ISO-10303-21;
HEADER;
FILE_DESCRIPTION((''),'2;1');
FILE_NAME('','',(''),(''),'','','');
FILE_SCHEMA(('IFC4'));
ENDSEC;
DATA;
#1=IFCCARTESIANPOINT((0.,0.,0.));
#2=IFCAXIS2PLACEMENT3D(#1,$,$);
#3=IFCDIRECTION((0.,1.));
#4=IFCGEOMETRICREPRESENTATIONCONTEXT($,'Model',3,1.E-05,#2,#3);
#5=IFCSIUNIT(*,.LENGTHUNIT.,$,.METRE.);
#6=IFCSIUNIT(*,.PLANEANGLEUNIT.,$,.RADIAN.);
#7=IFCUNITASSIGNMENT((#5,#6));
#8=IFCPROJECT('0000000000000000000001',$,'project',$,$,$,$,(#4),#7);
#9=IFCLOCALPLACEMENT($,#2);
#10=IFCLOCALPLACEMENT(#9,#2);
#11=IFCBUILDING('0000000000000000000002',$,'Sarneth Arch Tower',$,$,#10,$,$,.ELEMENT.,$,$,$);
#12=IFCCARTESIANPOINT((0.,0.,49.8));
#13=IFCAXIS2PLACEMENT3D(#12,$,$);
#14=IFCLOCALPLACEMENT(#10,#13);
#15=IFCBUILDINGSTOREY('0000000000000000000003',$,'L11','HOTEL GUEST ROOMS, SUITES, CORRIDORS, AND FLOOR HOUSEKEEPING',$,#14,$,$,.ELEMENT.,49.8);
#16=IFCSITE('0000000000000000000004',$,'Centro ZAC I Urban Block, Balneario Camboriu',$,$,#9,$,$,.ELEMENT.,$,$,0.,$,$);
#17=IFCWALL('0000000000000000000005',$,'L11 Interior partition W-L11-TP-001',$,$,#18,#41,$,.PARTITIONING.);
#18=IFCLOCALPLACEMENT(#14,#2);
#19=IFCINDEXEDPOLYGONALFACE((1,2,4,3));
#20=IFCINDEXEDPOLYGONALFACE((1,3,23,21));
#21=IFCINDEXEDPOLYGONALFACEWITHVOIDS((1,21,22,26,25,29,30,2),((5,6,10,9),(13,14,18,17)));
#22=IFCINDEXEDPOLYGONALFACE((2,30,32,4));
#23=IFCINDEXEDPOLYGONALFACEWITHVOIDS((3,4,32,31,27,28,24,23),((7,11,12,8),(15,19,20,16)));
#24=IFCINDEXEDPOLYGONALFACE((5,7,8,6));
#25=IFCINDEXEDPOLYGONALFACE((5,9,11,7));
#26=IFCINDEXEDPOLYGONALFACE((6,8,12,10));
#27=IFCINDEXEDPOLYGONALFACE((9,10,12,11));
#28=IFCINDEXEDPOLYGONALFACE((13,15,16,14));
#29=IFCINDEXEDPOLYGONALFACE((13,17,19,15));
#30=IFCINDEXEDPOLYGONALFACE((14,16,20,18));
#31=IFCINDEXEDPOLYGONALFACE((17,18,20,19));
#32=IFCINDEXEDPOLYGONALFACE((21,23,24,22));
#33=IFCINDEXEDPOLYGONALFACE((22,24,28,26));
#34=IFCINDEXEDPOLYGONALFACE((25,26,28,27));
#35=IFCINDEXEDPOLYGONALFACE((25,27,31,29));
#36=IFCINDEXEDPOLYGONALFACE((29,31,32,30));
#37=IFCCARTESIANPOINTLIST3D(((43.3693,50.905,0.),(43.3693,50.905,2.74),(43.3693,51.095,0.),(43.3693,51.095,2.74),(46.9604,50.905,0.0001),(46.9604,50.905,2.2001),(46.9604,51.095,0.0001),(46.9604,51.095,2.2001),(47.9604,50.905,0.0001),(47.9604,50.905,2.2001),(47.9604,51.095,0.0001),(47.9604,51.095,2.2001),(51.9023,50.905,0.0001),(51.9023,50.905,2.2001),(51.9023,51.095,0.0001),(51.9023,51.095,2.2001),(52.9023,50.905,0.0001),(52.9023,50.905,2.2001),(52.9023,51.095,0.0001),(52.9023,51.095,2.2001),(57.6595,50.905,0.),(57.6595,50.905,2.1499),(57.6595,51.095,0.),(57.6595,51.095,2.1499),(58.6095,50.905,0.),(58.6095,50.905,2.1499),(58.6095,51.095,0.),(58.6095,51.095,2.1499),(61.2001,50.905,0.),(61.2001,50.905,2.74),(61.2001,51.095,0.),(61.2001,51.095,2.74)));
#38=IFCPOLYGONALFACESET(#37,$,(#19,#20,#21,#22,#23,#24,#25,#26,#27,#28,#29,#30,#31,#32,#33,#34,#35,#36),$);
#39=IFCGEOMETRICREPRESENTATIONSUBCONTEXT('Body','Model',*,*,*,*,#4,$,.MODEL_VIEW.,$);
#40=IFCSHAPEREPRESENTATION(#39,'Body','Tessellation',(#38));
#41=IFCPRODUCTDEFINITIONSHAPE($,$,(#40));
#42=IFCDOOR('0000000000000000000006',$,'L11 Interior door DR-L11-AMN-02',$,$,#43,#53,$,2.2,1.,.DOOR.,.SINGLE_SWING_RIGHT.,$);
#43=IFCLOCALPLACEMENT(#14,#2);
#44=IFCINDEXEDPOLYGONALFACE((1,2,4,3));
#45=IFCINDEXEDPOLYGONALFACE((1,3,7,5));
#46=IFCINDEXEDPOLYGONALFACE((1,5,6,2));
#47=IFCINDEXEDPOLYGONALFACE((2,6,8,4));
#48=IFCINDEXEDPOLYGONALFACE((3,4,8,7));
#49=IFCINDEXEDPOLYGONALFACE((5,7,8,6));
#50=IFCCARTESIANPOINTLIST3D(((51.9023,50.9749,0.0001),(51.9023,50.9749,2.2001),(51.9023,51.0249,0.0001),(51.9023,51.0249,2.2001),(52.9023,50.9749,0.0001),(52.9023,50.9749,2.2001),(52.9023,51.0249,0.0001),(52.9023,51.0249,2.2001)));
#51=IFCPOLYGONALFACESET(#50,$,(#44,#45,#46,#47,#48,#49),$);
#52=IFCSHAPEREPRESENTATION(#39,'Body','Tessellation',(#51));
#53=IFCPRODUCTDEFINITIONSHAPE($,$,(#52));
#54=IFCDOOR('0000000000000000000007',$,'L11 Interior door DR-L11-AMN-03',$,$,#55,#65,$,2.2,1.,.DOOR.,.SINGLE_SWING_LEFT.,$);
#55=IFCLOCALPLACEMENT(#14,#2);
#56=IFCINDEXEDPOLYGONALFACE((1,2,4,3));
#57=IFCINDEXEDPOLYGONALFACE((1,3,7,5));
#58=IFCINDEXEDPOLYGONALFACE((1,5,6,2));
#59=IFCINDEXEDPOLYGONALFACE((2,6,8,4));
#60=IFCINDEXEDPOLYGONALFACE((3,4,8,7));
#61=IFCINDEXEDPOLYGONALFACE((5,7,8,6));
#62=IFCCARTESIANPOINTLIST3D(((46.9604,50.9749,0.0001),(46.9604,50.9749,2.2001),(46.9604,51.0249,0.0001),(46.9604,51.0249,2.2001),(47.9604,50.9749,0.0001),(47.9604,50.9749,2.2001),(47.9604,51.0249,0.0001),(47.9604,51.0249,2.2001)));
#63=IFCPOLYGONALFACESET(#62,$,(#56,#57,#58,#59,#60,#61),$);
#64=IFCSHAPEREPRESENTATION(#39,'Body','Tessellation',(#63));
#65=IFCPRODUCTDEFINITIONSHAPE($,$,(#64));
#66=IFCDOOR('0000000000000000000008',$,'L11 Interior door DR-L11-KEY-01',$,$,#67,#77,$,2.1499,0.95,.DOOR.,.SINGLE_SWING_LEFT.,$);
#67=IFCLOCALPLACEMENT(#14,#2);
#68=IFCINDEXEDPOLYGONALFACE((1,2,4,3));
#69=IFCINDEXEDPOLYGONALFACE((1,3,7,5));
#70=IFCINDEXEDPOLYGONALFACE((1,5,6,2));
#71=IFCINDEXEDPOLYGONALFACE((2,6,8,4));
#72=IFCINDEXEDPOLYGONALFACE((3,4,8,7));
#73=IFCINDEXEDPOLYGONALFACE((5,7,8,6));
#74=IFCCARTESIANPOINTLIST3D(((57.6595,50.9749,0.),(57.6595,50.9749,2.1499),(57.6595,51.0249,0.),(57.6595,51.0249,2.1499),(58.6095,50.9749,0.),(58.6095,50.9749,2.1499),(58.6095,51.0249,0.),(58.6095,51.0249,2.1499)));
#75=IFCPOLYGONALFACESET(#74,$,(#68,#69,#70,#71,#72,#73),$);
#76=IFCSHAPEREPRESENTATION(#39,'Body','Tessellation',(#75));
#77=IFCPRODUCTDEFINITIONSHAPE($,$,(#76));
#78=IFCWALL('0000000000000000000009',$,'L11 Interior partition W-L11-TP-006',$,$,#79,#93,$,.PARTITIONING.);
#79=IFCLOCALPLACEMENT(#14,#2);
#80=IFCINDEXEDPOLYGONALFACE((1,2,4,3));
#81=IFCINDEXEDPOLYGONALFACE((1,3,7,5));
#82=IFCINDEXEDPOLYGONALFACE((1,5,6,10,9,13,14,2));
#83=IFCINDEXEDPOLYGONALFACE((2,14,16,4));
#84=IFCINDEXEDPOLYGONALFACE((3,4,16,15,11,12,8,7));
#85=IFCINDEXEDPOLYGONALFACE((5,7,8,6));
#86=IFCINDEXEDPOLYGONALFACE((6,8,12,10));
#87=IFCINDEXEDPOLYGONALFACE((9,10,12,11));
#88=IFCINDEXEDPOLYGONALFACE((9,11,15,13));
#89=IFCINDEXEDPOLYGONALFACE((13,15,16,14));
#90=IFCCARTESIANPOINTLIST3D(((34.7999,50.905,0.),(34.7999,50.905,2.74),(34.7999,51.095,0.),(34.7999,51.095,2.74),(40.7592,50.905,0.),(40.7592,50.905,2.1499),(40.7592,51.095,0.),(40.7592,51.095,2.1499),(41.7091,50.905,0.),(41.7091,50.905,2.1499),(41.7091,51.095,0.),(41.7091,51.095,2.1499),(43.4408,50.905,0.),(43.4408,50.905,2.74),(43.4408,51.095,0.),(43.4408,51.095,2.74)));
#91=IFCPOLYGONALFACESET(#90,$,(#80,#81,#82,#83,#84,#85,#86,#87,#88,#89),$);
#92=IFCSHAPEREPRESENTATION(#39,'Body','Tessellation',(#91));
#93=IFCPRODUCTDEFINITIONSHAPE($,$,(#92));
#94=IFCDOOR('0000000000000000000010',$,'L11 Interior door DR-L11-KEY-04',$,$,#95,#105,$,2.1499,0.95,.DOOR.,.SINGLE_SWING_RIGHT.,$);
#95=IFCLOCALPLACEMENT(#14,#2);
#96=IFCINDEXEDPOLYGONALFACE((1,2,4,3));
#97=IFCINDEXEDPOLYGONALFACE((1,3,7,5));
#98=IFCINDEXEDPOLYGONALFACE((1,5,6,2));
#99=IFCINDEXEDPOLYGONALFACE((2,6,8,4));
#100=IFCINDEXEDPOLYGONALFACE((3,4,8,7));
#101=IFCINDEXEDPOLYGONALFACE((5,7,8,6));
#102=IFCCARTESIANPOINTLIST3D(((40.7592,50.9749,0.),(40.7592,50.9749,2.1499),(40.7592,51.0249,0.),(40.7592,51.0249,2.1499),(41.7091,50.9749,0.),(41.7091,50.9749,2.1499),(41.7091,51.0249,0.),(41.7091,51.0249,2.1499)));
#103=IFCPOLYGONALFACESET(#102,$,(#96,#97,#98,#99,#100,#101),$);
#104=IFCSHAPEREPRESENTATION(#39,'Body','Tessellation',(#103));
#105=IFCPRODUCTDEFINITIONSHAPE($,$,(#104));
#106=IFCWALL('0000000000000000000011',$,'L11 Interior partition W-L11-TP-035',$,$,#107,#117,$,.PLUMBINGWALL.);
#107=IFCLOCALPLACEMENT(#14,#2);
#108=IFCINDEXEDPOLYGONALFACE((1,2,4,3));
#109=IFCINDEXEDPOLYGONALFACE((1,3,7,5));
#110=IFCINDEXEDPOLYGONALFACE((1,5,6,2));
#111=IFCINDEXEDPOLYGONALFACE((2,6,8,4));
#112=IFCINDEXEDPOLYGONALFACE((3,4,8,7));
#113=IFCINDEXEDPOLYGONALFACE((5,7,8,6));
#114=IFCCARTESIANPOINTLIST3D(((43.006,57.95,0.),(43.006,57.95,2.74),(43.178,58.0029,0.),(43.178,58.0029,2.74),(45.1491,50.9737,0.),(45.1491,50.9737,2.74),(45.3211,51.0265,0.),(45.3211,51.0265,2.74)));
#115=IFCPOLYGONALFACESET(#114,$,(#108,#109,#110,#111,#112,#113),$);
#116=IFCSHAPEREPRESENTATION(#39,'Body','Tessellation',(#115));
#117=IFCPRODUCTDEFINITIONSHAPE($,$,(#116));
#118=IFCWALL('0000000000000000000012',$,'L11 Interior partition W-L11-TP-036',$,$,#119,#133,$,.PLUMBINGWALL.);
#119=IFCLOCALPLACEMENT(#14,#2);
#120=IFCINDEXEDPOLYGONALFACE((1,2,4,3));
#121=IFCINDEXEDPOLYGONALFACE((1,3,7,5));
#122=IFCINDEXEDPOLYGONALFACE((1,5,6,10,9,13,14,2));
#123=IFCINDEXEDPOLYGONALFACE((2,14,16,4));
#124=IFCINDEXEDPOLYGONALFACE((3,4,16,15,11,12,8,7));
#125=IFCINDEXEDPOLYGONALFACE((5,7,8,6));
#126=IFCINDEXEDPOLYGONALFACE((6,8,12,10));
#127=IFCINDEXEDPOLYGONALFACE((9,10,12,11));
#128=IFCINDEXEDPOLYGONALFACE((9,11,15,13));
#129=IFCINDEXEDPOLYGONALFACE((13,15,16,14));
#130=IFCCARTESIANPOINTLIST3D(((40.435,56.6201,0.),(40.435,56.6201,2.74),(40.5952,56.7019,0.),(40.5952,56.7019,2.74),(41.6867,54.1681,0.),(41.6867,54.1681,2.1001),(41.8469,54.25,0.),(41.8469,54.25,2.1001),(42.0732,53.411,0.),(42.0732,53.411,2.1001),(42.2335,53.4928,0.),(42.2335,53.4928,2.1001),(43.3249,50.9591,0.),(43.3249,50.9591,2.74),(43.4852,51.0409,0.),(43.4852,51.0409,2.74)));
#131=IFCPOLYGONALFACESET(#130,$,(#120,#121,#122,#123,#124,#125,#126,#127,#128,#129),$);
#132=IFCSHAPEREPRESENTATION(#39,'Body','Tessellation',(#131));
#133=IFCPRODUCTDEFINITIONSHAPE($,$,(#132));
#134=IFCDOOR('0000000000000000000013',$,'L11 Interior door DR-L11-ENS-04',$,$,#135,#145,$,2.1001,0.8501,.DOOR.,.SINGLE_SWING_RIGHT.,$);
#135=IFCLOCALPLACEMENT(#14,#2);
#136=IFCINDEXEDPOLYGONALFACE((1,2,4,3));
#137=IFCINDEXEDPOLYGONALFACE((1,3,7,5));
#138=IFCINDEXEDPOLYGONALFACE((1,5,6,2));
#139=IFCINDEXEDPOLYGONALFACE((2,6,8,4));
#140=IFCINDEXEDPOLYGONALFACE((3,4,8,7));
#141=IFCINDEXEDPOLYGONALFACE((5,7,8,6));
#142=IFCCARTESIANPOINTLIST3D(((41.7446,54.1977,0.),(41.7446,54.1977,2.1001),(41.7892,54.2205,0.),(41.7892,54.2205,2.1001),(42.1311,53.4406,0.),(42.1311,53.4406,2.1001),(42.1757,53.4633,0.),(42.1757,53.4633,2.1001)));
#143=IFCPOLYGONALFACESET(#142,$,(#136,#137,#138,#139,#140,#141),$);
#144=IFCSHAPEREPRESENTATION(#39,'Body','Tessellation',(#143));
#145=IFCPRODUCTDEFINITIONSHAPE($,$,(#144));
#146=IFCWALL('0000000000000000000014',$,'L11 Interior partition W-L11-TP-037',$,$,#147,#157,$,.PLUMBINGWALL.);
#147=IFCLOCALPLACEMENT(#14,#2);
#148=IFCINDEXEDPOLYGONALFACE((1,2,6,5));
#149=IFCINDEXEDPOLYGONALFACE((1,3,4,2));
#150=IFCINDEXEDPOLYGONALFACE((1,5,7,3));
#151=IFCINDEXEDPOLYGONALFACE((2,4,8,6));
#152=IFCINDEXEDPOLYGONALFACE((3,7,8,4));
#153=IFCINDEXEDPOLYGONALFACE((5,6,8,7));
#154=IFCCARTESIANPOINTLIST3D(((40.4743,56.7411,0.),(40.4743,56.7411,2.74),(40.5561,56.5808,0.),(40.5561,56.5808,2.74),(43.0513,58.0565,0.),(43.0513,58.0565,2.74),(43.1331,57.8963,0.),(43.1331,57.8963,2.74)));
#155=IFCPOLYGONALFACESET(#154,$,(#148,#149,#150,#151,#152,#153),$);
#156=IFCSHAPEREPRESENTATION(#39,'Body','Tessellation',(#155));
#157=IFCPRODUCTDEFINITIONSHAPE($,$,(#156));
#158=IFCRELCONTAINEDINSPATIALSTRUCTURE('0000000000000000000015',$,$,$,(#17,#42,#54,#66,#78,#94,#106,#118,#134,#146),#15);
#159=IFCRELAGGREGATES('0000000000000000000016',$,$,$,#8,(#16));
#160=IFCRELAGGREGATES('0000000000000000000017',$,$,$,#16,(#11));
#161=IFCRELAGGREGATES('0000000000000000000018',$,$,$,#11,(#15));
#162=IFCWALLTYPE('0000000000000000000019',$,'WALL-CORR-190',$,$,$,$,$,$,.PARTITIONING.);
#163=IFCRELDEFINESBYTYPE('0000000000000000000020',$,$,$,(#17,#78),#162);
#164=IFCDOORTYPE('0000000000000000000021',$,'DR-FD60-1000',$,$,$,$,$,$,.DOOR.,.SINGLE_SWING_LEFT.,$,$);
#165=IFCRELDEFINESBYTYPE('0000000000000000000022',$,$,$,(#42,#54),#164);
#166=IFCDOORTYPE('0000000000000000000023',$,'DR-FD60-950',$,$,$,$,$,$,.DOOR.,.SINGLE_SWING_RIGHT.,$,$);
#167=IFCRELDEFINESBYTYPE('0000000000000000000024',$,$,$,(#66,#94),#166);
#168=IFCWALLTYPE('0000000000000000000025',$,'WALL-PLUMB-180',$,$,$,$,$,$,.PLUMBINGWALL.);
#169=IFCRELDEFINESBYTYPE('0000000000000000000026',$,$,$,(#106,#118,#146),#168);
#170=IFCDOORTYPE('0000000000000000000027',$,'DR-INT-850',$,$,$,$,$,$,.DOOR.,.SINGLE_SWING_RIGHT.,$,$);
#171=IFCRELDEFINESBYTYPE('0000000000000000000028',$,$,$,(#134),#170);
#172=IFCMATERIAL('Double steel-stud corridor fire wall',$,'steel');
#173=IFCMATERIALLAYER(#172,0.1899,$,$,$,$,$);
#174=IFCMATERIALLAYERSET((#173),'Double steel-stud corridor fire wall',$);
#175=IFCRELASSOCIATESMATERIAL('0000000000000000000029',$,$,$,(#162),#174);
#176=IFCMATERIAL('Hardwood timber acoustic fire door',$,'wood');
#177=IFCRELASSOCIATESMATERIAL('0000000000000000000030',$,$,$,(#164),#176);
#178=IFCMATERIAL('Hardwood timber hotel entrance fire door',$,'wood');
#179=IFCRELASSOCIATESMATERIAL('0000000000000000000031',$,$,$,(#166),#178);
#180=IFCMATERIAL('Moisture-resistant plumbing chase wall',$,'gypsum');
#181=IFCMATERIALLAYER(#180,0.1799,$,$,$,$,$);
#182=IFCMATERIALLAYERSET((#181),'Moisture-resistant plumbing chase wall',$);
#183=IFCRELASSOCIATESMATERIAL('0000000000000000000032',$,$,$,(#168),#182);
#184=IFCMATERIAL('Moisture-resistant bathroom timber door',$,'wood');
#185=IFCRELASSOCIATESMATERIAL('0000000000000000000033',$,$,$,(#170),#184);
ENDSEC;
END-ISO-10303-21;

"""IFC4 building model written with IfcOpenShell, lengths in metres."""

from ifc_helpers import new_model, si_unit, direction, frame, frame_2d, origin, place, context, subcontext, project, spatial, rectangle, extrude, material, layer, layer_set, type_object, element, fill, save


model = new_model("IFC4")

# Units and contexts
model_context = context("Model", 3, precision=1e-05, world=origin(), true_north=direction((0.0, 1.0)))
body_context = subcontext(model_context, "Body", "Model", "MODEL_VIEW")
ifc_project = project(units=[si_unit("LENGTHUNIT", "METRE"), si_unit("PLANEANGLEUNIT", "RADIAN")], contexts=[model_context])

# Site, building, storey
site_placement = place(None, origin())
site = spatial("IfcSite", under=ifc_project, at=site_placement, Name="Centro ZAC I Urban Block, Balneario Camboriu", CompositionType="ELEMENT", RefElevation=0.0)
building_placement = place(site_placement, origin())
building = spatial("IfcBuilding", under=site, at=building_placement, Name="Sarneth Arch Tower", CompositionType="ELEMENT")
storey_placement = place(building_placement, frame((0.0, 0.0, 49.8)))
storey = spatial("IfcBuildingStorey", under=building, at=storey_placement, Name="L11", Description="HOTEL GUEST ROOMS, SUITES, CORRIDORS, AND FLOOR HOUSEKEEPING", CompositionType="ELEMENT", Elevation=49.8)

# Wall, openings, doors
ifc_material_1 = material(Name="Double steel-stud corridor fire wall", Category="steel")
ifc_layer_1 = layer(ifc_material_1, 0.1899)
ifc_layer_set_1 = layer_set([ifc_layer_1], Name="Double steel-stud corridor fire wall")
wall_type_1 = type_object("IfcWallType", Name="WALL-CORR-190", PredefinedType="PARTITIONING", material=ifc_layer_set_1)
wall_1_placement = place(storey_placement, frame((43.3691, 51.0, 0.0), z_axis=(0.0, 0.0, 1.0), x_axis=(1.0, 0.0, 0.0)))
wall_1 = element("IfcWall", 1, at=wall_1_placement, inside=storey, type_object=wall_type_1, Name="L11 Interior partition W-L11-TP-001", PredefinedType="PARTITIONING", context=body_context, shape_type="SweptSolid", body=[
    extrude(rectangle(XDim=17.8308, YDim=0.1899, at=frame_2d((8.9155, 0.0))), origin(), (0.0, 0.0, 1.0), 2.74),
])
opening_1_placement = place(wall_1_placement, frame((14.2903, 0.0, 0.0)))
opening_1 = element("IfcOpeningElement", 2, at=opening_1_placement, cuts=wall_1, PredefinedType="OPENING", context=body_context, shape_type="SweptSolid", body=[
    extrude(rectangle(XDim=0.95, YDim=2.1499, at=frame_2d((0.4751, 1.075))), frame((0.0, 0.105, 0.0), z_axis=(0.0, -1.0, 0.0), x_axis=(1.0, 0.0, 0.0)), (0.0, 0.0, 1.0), 0.21),
])
opening_2_placement = place(wall_1_placement, frame((8.5332, 0.0, 0.0)))
opening_2 = element("IfcOpeningElement", 3, at=opening_2_placement, cuts=wall_1, PredefinedType="OPENING", context=body_context, shape_type="SweptSolid", body=[
    extrude(rectangle(XDim=1.0, YDim=2.2, at=frame_2d((0.5, 1.1001))), frame((0.0, 0.105, 0.0), z_axis=(0.0, -1.0, 0.0), x_axis=(1.0, 0.0, 0.0)), (0.0, 0.0, 1.0), 0.21),
])
opening_3_placement = place(wall_1_placement, frame((3.5913, 0.0, 0.0)))
opening_3 = element("IfcOpeningElement", 4, at=opening_3_placement, cuts=wall_1, PredefinedType="OPENING", context=body_context, shape_type="SweptSolid", body=[
    extrude(rectangle(XDim=1.0, YDim=2.2, at=frame_2d((0.5, 1.1001))), frame((0.0, 0.105, 0.0), z_axis=(0.0, -1.0, 0.0), x_axis=(1.0, 0.0, 0.0)), (0.0, 0.0, 1.0), 0.21),
])
ifc_material_2 = material(Name="Hardwood timber acoustic fire door", Category="wood")
door_type_1 = type_object("IfcDoorType", Name="DR-FD60-1000", OperationType="SINGLE_SWING_LEFT", PredefinedType="DOOR", material=ifc_material_2)
door_1_placement = place(opening_2_placement, origin())
door_1 = element("IfcDoor", 5, at=door_1_placement, inside=storey, type_object=door_type_1, Name="L11 Interior door DR-L11-AMN-02", OperationType="SINGLE_SWING_RIGHT", OverallHeight=2.2, OverallWidth=1.0, PredefinedType="DOOR", context=body_context, shape_type="SweptSolid", body=[
    extrude(rectangle(XDim=1.0, YDim=2.2, at=frame_2d((0.5, 1.1001))), frame((0.0, 0.0249, 0.0), z_axis=(0.0, -1.0, 0.0), x_axis=(1.0, 0.0, 0.0)), (0.0, 0.0, 1.0), 0.05),
])
fill(opening_2, door_1)
door_2_placement = place(opening_3_placement, origin())
door_2 = element("IfcDoor", 6, at=door_2_placement, inside=storey, type_object=door_type_1, Name="L11 Interior door DR-L11-AMN-03", OperationType="SINGLE_SWING_LEFT", OverallHeight=2.2, OverallWidth=1.0, PredefinedType="DOOR", context=body_context, shape_type="SweptSolid", body=[
    extrude(rectangle(XDim=1.0, YDim=2.2, at=frame_2d((0.5, 1.1001))), frame((0.0, 0.0249, 0.0), z_axis=(0.0, -1.0, 0.0), x_axis=(1.0, 0.0, 0.0)), (0.0, 0.0, 1.0), 0.05),
])
fill(opening_3, door_2)
ifc_material_3 = material(Name="Hardwood timber hotel entrance fire door", Category="wood")
door_type_2 = type_object("IfcDoorType", Name="DR-FD60-950", OperationType="SINGLE_SWING_RIGHT", PredefinedType="DOOR", material=ifc_material_3)
door_3_placement = place(opening_1_placement, origin())
door_3 = element("IfcDoor", 7, at=door_3_placement, inside=storey, type_object=door_type_2, Name="L11 Interior door DR-L11-KEY-01", OperationType="SINGLE_SWING_LEFT", OverallHeight=2.1499, OverallWidth=0.95, PredefinedType="DOOR", context=body_context, shape_type="SweptSolid", body=[
    extrude(rectangle(XDim=0.95, YDim=2.1499, at=frame_2d((0.4751, 1.075))), frame((0.0, 0.0249, 0.0), z_axis=(0.0, -1.0, 0.0), x_axis=(1.0, 0.0, 0.0)), (0.0, 0.0, 1.0), 0.05),
])
fill(opening_1, door_3)

# Wall, opening, door
wall_2_placement = place(storey_placement, frame((34.8, 51.0, 0.0), z_axis=(0.0, 0.0, 1.0), x_axis=(1.0, 0.0, 0.0)))
wall_2 = element("IfcWall", 8, at=wall_2_placement, inside=storey, type_object=wall_type_1, Name="L11 Interior partition W-L11-TP-006", PredefinedType="PARTITIONING", context=body_context, shape_type="SweptSolid", body=[
    extrude(rectangle(XDim=8.6409, YDim=0.1899, at=frame_2d((4.3203, 0.0))), origin(), (0.0, 0.0, 1.0), 2.74),
])
opening_4_placement = place(wall_2_placement, frame((5.959, 0.0, 0.0)))
opening_4 = element("IfcOpeningElement", 9, at=opening_4_placement, cuts=wall_2, PredefinedType="OPENING", context=body_context, shape_type="SweptSolid", body=[
    extrude(rectangle(XDim=0.95, YDim=2.1499, at=frame_2d((0.4751, 1.075))), frame((0.0, 0.105, 0.0), z_axis=(0.0, -1.0, 0.0), x_axis=(1.0, 0.0, 0.0)), (0.0, 0.0, 1.0), 0.21),
])
door_4_placement = place(opening_4_placement, origin())
door_4 = element("IfcDoor", 10, at=door_4_placement, inside=storey, type_object=door_type_2, Name="L11 Interior door DR-L11-KEY-04", OperationType="SINGLE_SWING_RIGHT", OverallHeight=2.1499, OverallWidth=0.95, PredefinedType="DOOR", context=body_context, shape_type="SweptSolid", body=[
    extrude(rectangle(XDim=0.95, YDim=2.1499, at=frame_2d((0.4751, 1.075))), frame((0.0, 0.0249, 0.0), z_axis=(0.0, -1.0, 0.0), x_axis=(1.0, 0.0, 0.0)), (0.0, 0.0, 1.0), 0.05),
])
fill(opening_4, door_4)

# Wall
ifc_material_4 = material(Name="Moisture-resistant plumbing chase wall", Category="gypsum")
ifc_layer_2 = layer(ifc_material_4, 0.1799)
ifc_layer_set_2 = layer_set([ifc_layer_2], Name="Moisture-resistant plumbing chase wall")
wall_type_2 = type_object("IfcWallType", Name="WALL-PLUMB-180", PredefinedType="PLUMBINGWALL", material=ifc_layer_set_2)
wall_3_placement = place(storey_placement, frame((43.092, 57.9763, 0.0), z_axis=(0.0, 0.0, 1.0), x_axis=(0.293649, -0.955913, 0.0)))
element("IfcWall", 11, at=wall_3_placement, inside=storey, type_object=wall_type_2, Name="L11 Interior partition W-L11-TP-035", PredefinedType="PLUMBINGWALL", context=body_context, shape_type="SweptSolid", body=[
    extrude(rectangle(XDim=7.2981, YDim=0.1799, at=frame_2d((3.6489, 0.0))), origin(), (0.0, 0.0, 1.0), 2.74),
])

# Wall, opening, door
wall_4_placement = place(storey_placement, frame((43.405, 51.0, 0.0), z_axis=(0.0, 0.0, 1.0), x_axis=(-0.454681, 0.890655, 0.0)))
wall_4 = element("IfcWall", 12, at=wall_4_placement, inside=storey, type_object=wall_type_2, Name="L11 Interior partition W-L11-TP-036", PredefinedType="PLUMBINGWALL", context=body_context, shape_type="SweptSolid", body=[
    extrude(rectangle(XDim=6.356, YDim=0.1799, at=frame_2d((3.178, 0.0))), origin(), (0.0, 0.0, 1.0), 2.74),
])
opening_5_placement = place(wall_4_placement, frame((2.7529, 0.0, 0.0)))
opening_5 = element("IfcOpeningElement", 13, at=opening_5_placement, cuts=wall_4, PredefinedType="OPENING", context=body_context, shape_type="SweptSolid", body=[
    extrude(rectangle(XDim=0.8501, YDim=2.1001, at=frame_2d((0.425, 1.05))), frame((0.0, 0.0999, 0.0), z_axis=(0.0, -1.0, 0.0), x_axis=(1.0, 0.0, 0.0)), (0.0, 0.0, 1.0), 0.2),
])
ifc_material_5 = material(Name="Moisture-resistant bathroom timber door", Category="wood")
door_type_3 = type_object("IfcDoorType", Name="DR-INT-850", OperationType="SINGLE_SWING_RIGHT", PredefinedType="DOOR", material=ifc_material_5)
door_5_placement = place(opening_5_placement, origin())
door_5 = element("IfcDoor", 14, at=door_5_placement, inside=storey, type_object=door_type_3, Name="L11 Interior door DR-L11-ENS-04", OperationType="SINGLE_SWING_RIGHT", OverallHeight=2.1001, OverallWidth=0.8501, PredefinedType="DOOR", context=body_context, shape_type="SweptSolid", body=[
    extrude(rectangle(XDim=0.8501, YDim=2.1001, at=frame_2d((0.425, 1.05))), frame((0.0, 0.0249, 0.0), z_axis=(0.0, -1.0, 0.0), x_axis=(1.0, 0.0, 0.0)), (0.0, 0.0, 1.0), 0.05),
])
fill(opening_5, door_5)

# Wall
wall_5_placement = place(storey_placement, frame((40.5151, 56.6609, 0.0), z_axis=(0.0, 0.0, 1.0), x_axis=(0.890666, 0.454658, 0.0)))
element("IfcWall", 15, at=wall_5_placement, inside=storey, type_object=wall_type_2, Name="L11 Interior partition W-L11-TP-037", PredefinedType="PLUMBINGWALL", context=body_context, shape_type="SweptSolid", body=[
    extrude(rectangle(XDim=2.8933, YDim=0.1799, at=frame_2d((1.4468, 0.0))), origin(), (0.0, 0.0, 1.0), 2.74),
])

save(model, "model.ifc")
